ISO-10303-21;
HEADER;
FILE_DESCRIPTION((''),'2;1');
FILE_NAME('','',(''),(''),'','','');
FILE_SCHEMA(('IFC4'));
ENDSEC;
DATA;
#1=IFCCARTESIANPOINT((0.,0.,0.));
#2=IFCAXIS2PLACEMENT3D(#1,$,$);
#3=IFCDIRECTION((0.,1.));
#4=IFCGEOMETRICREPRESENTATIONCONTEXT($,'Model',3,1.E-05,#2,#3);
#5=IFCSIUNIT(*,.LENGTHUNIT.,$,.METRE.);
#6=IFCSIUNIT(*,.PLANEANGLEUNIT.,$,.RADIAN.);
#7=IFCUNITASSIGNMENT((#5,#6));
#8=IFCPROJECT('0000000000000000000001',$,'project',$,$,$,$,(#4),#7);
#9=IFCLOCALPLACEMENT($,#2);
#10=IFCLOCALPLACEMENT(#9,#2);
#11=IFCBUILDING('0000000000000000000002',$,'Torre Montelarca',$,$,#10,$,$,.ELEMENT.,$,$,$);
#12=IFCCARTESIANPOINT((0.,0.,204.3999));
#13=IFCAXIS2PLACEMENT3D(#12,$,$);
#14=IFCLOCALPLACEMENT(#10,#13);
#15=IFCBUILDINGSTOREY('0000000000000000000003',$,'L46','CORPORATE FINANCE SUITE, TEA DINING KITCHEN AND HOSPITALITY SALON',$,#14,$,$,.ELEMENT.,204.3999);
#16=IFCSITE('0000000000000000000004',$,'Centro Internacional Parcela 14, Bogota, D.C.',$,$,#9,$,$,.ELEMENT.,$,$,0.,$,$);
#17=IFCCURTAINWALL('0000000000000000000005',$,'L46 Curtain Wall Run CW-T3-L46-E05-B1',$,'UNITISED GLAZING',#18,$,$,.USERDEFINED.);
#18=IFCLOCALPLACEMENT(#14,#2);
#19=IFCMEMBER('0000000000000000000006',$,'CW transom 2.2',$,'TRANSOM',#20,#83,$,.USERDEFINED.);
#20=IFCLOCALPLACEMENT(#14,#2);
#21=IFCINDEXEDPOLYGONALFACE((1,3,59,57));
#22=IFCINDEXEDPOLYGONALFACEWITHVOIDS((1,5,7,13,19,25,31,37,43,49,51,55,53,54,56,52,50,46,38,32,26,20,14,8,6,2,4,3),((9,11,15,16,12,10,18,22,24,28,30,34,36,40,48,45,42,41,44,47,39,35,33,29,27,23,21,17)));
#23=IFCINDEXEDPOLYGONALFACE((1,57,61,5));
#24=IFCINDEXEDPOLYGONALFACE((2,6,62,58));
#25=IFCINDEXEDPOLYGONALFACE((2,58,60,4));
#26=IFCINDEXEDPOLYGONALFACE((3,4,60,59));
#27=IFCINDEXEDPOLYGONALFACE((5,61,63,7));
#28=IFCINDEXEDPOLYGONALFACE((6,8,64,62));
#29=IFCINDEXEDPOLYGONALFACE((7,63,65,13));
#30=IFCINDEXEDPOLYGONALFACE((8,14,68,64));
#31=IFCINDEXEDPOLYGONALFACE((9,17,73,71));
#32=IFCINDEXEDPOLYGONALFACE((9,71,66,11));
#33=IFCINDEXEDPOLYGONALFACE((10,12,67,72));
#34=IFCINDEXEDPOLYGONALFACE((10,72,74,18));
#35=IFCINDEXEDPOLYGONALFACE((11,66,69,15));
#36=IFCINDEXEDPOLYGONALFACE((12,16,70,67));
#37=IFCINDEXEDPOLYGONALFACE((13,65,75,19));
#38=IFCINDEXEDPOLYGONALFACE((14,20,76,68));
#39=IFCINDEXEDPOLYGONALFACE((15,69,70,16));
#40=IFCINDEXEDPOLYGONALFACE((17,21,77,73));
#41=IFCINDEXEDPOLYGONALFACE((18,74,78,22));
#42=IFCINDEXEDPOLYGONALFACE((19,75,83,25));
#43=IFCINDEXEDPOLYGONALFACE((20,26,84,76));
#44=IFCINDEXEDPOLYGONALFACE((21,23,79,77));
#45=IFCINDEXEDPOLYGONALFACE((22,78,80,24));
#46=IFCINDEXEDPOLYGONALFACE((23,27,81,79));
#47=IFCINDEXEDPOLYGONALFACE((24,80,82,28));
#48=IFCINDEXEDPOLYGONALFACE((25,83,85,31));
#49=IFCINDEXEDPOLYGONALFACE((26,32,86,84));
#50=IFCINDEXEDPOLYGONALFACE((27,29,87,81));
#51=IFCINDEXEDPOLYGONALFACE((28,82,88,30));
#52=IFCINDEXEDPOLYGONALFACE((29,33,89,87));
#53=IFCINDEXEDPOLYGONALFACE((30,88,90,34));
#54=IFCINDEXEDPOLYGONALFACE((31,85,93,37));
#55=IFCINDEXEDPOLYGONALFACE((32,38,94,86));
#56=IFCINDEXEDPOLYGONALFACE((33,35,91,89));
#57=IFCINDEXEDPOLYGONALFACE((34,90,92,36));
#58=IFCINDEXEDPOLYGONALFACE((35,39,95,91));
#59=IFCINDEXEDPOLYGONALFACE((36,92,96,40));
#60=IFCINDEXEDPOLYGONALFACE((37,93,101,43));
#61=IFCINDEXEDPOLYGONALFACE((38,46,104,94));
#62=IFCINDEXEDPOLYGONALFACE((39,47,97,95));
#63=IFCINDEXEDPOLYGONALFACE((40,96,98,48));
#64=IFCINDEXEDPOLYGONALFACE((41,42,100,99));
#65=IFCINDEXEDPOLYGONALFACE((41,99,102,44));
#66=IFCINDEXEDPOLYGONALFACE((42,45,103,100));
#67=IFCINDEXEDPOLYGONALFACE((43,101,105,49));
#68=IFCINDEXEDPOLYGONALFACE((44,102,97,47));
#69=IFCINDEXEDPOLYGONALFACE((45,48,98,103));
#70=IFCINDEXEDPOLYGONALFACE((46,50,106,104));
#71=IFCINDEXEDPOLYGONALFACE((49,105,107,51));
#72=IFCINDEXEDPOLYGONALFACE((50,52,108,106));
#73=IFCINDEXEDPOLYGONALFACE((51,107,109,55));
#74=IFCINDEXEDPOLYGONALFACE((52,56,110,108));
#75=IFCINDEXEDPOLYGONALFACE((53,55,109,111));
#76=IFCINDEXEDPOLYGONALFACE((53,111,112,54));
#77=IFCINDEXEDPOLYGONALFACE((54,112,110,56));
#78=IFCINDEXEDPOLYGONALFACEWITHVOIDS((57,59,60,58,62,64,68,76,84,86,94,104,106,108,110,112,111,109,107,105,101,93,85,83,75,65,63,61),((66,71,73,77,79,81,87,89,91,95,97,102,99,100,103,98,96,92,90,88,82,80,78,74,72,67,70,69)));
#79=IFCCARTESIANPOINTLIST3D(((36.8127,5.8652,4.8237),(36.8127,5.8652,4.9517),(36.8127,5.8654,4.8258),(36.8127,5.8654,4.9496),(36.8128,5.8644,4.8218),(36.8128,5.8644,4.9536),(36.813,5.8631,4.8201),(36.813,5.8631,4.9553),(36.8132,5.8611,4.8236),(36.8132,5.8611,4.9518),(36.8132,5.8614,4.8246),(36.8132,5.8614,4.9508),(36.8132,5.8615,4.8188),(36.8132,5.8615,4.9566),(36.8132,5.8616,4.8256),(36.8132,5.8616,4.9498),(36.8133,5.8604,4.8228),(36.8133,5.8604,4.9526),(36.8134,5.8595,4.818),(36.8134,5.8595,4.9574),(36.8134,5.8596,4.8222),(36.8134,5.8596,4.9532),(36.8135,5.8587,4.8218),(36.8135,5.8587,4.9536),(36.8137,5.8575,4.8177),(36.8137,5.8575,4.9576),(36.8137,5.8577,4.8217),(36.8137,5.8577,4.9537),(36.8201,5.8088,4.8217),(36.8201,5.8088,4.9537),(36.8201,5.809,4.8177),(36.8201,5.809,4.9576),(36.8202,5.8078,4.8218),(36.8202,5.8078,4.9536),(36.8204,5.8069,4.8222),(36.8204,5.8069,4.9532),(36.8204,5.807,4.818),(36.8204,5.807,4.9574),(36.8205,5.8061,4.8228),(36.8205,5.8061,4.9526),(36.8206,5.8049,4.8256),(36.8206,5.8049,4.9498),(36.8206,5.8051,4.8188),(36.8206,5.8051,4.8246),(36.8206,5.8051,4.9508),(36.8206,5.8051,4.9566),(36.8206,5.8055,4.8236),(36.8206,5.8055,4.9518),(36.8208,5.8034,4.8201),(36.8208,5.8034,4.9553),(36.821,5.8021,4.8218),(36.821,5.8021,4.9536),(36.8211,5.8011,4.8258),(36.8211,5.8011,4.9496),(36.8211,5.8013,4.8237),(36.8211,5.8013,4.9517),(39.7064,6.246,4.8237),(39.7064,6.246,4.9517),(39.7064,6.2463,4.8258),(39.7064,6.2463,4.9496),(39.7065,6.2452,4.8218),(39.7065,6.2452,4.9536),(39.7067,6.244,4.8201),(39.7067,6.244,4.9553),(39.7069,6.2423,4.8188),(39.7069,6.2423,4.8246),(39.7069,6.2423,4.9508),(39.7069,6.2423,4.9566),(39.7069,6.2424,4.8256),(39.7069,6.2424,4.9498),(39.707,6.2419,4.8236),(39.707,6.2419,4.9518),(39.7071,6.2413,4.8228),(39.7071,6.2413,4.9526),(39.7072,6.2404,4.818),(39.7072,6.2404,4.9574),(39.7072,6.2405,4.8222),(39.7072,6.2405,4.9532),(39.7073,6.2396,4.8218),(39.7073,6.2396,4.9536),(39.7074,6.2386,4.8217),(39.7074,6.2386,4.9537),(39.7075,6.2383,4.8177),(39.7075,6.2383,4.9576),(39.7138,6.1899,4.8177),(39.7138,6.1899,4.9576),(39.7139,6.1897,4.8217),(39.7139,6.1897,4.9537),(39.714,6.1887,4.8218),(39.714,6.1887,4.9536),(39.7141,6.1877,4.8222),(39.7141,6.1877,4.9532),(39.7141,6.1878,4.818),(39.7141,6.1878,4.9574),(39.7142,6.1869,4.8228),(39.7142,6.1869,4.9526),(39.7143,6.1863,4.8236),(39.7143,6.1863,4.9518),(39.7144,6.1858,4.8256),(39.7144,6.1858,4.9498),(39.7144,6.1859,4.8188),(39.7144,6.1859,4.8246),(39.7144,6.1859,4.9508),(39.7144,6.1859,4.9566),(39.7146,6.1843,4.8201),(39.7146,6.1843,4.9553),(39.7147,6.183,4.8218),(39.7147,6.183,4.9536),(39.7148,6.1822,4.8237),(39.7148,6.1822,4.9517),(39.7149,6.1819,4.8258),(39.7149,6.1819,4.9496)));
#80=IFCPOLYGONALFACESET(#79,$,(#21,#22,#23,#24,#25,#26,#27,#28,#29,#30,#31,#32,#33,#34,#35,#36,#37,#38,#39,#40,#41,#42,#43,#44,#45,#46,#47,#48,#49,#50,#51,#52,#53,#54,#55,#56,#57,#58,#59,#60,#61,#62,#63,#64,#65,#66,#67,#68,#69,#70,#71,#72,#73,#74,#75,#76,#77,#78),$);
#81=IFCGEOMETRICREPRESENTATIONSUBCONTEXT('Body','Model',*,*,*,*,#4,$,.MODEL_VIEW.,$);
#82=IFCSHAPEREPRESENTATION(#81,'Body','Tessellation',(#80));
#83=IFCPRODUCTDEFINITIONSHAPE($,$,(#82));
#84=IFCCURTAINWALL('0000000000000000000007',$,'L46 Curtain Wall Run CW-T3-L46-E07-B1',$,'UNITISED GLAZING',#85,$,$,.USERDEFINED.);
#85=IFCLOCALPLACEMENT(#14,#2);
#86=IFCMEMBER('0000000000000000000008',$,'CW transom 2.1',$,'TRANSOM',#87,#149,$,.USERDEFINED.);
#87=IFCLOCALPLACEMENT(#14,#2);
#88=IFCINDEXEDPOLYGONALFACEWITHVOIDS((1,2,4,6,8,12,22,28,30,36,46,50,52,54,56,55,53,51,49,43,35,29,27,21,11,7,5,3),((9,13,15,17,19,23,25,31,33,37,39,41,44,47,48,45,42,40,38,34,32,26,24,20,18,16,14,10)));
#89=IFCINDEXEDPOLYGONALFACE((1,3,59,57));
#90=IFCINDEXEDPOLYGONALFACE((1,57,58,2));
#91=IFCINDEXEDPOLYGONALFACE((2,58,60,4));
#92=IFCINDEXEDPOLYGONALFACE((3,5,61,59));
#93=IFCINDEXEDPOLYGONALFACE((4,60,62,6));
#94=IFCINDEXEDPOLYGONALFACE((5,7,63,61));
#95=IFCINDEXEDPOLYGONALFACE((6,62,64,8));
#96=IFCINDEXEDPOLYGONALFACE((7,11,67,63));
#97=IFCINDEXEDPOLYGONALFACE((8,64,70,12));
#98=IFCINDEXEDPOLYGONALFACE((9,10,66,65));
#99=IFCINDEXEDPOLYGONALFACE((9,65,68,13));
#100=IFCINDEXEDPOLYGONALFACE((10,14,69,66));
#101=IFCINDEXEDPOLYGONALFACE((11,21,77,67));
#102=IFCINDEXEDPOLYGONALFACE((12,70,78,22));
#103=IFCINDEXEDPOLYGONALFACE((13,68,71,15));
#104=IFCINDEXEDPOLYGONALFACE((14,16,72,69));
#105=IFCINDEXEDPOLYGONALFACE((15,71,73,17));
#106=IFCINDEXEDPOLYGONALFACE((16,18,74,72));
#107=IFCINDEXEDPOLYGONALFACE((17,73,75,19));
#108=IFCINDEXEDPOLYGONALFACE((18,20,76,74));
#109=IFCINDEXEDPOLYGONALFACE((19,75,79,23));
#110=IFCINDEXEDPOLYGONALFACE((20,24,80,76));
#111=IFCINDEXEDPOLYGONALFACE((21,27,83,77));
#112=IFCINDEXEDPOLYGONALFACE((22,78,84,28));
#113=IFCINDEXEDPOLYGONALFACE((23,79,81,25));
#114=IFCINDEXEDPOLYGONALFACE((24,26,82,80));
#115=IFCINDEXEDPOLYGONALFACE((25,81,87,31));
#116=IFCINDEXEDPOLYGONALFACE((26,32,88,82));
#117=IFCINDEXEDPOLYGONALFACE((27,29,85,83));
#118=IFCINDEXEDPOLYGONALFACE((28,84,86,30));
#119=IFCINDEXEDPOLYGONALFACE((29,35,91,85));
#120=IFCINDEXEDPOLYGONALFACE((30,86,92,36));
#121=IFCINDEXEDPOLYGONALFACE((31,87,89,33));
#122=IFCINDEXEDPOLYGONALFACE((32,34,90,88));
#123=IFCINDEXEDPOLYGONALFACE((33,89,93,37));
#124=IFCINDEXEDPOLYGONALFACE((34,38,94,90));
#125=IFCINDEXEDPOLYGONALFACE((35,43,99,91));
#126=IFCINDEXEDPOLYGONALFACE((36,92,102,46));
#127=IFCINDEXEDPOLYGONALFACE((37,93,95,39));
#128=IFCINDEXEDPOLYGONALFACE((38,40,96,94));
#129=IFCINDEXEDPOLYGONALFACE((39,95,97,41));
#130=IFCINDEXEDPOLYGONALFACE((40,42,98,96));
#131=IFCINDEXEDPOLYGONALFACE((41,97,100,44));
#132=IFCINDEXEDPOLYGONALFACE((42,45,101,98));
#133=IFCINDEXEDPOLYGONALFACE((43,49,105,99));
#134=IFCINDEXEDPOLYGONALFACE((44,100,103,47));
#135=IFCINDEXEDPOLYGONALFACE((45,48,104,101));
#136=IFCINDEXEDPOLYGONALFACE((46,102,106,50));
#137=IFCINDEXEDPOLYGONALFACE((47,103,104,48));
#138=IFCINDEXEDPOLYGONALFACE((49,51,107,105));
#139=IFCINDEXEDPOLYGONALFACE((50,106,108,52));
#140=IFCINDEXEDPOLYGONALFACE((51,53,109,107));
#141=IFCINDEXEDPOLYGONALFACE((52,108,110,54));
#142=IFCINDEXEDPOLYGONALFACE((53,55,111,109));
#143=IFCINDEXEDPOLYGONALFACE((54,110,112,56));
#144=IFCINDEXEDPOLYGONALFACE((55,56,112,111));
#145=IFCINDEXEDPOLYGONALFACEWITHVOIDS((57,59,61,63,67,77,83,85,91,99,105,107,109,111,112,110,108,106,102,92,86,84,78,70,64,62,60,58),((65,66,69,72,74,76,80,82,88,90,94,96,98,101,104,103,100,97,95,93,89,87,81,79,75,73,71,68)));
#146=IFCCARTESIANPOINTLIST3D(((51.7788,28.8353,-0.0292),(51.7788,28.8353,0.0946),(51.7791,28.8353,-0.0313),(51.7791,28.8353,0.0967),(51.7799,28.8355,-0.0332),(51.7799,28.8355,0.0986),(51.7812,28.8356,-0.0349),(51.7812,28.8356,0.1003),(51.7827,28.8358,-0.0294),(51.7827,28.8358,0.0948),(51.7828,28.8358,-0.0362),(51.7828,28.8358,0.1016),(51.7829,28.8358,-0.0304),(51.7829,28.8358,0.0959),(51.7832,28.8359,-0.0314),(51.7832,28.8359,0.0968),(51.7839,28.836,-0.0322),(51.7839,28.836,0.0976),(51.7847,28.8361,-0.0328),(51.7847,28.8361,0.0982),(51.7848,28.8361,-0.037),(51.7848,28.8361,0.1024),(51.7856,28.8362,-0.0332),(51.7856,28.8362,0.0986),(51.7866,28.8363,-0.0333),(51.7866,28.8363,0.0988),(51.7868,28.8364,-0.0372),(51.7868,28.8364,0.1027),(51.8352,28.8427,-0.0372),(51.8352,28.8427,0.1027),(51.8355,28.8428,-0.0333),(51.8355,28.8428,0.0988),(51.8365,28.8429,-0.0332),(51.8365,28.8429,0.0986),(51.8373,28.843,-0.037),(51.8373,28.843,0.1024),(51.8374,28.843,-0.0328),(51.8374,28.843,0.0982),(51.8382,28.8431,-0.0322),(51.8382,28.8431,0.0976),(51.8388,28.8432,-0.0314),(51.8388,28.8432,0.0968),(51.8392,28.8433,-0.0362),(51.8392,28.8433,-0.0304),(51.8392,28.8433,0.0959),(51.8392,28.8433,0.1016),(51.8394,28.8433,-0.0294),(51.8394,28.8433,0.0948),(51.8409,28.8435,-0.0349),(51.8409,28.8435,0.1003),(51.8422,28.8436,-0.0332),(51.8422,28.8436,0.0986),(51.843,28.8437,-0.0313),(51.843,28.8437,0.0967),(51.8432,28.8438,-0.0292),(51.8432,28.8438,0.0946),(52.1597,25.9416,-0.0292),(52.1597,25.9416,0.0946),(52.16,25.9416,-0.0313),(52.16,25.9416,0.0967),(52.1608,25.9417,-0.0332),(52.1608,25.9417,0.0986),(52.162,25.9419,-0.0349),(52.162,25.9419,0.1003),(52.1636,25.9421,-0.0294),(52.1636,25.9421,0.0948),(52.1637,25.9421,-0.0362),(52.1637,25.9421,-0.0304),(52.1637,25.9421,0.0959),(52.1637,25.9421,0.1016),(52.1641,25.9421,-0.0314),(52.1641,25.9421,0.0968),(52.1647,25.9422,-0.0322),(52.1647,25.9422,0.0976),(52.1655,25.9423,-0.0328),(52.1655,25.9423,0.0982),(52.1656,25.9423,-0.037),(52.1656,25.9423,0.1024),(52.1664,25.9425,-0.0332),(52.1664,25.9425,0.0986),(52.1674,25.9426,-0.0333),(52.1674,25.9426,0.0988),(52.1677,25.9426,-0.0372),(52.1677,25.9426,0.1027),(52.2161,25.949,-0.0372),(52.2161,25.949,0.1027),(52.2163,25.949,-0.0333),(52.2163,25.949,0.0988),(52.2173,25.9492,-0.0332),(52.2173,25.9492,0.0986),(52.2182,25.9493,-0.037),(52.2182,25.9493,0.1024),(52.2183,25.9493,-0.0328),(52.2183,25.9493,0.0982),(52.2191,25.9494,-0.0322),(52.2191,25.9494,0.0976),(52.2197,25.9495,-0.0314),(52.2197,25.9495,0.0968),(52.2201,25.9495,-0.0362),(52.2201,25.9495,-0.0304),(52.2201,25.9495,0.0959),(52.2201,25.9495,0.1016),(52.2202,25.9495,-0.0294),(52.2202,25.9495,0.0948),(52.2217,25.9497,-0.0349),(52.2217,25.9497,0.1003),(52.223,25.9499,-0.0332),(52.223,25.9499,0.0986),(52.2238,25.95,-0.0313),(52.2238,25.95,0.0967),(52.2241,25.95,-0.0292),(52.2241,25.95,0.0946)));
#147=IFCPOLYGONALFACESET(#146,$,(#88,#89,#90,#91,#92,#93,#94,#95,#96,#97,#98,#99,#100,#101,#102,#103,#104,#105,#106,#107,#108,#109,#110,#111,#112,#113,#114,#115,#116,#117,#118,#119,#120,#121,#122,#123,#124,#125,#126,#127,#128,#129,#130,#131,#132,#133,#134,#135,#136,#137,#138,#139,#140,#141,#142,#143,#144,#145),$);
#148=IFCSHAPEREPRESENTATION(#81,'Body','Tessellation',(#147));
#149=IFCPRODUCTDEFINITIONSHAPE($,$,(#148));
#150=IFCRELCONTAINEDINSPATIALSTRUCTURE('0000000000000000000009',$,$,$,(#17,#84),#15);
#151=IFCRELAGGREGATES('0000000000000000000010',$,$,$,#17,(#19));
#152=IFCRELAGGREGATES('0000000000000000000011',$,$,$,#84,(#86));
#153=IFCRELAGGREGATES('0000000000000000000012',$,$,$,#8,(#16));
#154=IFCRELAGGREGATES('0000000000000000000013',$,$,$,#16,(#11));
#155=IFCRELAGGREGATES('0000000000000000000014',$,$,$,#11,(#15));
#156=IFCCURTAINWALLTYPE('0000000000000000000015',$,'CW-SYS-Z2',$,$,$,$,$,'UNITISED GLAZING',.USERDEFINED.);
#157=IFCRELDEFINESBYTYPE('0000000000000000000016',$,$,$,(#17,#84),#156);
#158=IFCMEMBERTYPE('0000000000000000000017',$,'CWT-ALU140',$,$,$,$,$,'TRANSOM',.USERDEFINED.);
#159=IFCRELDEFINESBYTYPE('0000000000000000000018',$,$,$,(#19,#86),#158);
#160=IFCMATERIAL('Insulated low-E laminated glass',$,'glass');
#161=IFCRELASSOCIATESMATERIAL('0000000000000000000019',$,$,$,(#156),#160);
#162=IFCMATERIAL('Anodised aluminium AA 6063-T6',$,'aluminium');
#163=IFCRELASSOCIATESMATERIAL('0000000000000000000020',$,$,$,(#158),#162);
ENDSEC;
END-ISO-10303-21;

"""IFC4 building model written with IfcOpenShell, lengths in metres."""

from ifc_helpers import new_model, si_unit, direction, frame, origin, origin_2d, place, context, subcontext, project, spatial, hollow_rectangle, extrude, source, transform, mapped, material, material_profile, profile_set, type_object, element, aggregate, save


model = new_model("IFC4")

# Units and contexts
model_context = context("Model", 3, precision=1e-05, world=origin(), true_north=direction((0.0, 1.0)))
body_context = subcontext(model_context, "Body", "Model", "MODEL_VIEW")
ifc_project = project(units=[si_unit("LENGTHUNIT", "METRE"), si_unit("PLANEANGLEUNIT", "RADIAN")], contexts=[model_context])

# Site, building, storey
site_placement = place(None, origin())
site = spatial("IfcSite", under=ifc_project, at=site_placement, Name="Centro Internacional Parcela 14, Bogota, D.C.", CompositionType="ELEMENT", RefElevation=0.0)
building_placement = place(site_placement, origin())
building = spatial("IfcBuilding", under=site, at=building_placement, Name="Torre Montelarca", CompositionType="ELEMENT")
storey_placement = place(building_placement, frame((0.0, 0.0, 204.3999)))
storey = spatial("IfcBuildingStorey", under=building, at=storey_placement, Name="L46", Description="CORPORATE FINANCE SUITE, TEA DINING KITCHEN AND HOSPITALITY SALON", CompositionType="ELEMENT", Elevation=204.3999)

# Curtain walls, members
ifc_material_1 = material(Name="Insulated low-E laminated glass", Category="glass")
curtain_wall_type = type_object("IfcCurtainWallType", Name="CW-SYS-Z2", ElementType="UNITISED GLAZING", PredefinedType="USERDEFINED", material=ifc_material_1)
curtain_wall_1_placement = place(storey_placement, origin())
curtain_wall_1 = element("IfcCurtainWall", 1, at=curtain_wall_1_placement, inside=storey, type_object=curtain_wall_type, Name="L46 Curtain Wall Run CW-T3-L46-E05-B1", ObjectType="UNITISED GLAZING", PredefinedType="USERDEFINED")
ifc_material_2 = material(Name="Anodised aluminium AA 6063-T6", Category="aluminium")
ifc_material_profile_1 = material_profile(ifc_material_2, hollow_rectangle(XDim=0.0649, YDim=0.1399, WallThickness=0.0039, InnerFilletRadius=0.0039, OuterFilletRadius=0.0081, at=origin_2d()), Name="ALU65X140X4", Category="aluminium")
ifc_profile_set_1 = profile_set([ifc_material_profile_1], Name="Anodised aluminium AA 6063-T6")
member_type_1 = type_object("IfcMemberType", Name="CWT-ALU140", ElementType="TRANSOM", PredefinedType="USERDEFINED", material=ifc_profile_set_1)
shared_shape_1 = source(origin(), body_context, "Body", "SweptSolid", [
    extrude(hollow_rectangle(XDim=0.0649, YDim=0.1399, WallThickness=0.0039, InnerFilletRadius=0.0039, OuterFilletRadius=0.0081, at=origin_2d()), origin(), (0.0, 0.0, 1.0), 2.9187),
])
member_1_placement = place(storey_placement, frame((36.8169, 5.8333, 4.8877), z_axis=(0.99145, 0.130487, 0.0), x_axis=(-0.130487, 0.99145, 0.0)))
member_1 = element("IfcMember", 2, at=member_1_placement, type_object=member_type_1, Name="CW transom 2.2", ObjectType="TRANSOM", PredefinedType="USERDEFINED", context=body_context, shape_type="MappedRepresentation", body=[
    mapped(shared_shape_1, transform((0.0, 0.0, 0.0), scale=1.0)),
])
curtain_wall_2_placement = place(storey_placement, origin())
curtain_wall_2 = element("IfcCurtainWall", 3, at=curtain_wall_2_placement, inside=storey, type_object=curtain_wall_type, Name="L46 Curtain Wall Run CW-T3-L46-E07-B1", ObjectType="UNITISED GLAZING", PredefinedType="USERDEFINED")
member_2_placement = place(storey_placement, frame((52.1919, 25.9458, 0.0327), z_axis=(-0.130487, 0.99145, 0.0), x_axis=(-0.99145, -0.130487, 0.0)))
member_2 = element("IfcMember", 4, at=member_2_placement, type_object=member_type_1, Name="CW transom 2.1", ObjectType="TRANSOM", PredefinedType="USERDEFINED", context=body_context, shape_type="MappedRepresentation", body=[
    mapped(shared_shape_1, transform((0.0, 0.0, 0.0), scale=1.0)),
])

aggregate(curtain_wall_1, [member_1])
aggregate(curtain_wall_2, [member_2])

save(model, "model.ifc")
